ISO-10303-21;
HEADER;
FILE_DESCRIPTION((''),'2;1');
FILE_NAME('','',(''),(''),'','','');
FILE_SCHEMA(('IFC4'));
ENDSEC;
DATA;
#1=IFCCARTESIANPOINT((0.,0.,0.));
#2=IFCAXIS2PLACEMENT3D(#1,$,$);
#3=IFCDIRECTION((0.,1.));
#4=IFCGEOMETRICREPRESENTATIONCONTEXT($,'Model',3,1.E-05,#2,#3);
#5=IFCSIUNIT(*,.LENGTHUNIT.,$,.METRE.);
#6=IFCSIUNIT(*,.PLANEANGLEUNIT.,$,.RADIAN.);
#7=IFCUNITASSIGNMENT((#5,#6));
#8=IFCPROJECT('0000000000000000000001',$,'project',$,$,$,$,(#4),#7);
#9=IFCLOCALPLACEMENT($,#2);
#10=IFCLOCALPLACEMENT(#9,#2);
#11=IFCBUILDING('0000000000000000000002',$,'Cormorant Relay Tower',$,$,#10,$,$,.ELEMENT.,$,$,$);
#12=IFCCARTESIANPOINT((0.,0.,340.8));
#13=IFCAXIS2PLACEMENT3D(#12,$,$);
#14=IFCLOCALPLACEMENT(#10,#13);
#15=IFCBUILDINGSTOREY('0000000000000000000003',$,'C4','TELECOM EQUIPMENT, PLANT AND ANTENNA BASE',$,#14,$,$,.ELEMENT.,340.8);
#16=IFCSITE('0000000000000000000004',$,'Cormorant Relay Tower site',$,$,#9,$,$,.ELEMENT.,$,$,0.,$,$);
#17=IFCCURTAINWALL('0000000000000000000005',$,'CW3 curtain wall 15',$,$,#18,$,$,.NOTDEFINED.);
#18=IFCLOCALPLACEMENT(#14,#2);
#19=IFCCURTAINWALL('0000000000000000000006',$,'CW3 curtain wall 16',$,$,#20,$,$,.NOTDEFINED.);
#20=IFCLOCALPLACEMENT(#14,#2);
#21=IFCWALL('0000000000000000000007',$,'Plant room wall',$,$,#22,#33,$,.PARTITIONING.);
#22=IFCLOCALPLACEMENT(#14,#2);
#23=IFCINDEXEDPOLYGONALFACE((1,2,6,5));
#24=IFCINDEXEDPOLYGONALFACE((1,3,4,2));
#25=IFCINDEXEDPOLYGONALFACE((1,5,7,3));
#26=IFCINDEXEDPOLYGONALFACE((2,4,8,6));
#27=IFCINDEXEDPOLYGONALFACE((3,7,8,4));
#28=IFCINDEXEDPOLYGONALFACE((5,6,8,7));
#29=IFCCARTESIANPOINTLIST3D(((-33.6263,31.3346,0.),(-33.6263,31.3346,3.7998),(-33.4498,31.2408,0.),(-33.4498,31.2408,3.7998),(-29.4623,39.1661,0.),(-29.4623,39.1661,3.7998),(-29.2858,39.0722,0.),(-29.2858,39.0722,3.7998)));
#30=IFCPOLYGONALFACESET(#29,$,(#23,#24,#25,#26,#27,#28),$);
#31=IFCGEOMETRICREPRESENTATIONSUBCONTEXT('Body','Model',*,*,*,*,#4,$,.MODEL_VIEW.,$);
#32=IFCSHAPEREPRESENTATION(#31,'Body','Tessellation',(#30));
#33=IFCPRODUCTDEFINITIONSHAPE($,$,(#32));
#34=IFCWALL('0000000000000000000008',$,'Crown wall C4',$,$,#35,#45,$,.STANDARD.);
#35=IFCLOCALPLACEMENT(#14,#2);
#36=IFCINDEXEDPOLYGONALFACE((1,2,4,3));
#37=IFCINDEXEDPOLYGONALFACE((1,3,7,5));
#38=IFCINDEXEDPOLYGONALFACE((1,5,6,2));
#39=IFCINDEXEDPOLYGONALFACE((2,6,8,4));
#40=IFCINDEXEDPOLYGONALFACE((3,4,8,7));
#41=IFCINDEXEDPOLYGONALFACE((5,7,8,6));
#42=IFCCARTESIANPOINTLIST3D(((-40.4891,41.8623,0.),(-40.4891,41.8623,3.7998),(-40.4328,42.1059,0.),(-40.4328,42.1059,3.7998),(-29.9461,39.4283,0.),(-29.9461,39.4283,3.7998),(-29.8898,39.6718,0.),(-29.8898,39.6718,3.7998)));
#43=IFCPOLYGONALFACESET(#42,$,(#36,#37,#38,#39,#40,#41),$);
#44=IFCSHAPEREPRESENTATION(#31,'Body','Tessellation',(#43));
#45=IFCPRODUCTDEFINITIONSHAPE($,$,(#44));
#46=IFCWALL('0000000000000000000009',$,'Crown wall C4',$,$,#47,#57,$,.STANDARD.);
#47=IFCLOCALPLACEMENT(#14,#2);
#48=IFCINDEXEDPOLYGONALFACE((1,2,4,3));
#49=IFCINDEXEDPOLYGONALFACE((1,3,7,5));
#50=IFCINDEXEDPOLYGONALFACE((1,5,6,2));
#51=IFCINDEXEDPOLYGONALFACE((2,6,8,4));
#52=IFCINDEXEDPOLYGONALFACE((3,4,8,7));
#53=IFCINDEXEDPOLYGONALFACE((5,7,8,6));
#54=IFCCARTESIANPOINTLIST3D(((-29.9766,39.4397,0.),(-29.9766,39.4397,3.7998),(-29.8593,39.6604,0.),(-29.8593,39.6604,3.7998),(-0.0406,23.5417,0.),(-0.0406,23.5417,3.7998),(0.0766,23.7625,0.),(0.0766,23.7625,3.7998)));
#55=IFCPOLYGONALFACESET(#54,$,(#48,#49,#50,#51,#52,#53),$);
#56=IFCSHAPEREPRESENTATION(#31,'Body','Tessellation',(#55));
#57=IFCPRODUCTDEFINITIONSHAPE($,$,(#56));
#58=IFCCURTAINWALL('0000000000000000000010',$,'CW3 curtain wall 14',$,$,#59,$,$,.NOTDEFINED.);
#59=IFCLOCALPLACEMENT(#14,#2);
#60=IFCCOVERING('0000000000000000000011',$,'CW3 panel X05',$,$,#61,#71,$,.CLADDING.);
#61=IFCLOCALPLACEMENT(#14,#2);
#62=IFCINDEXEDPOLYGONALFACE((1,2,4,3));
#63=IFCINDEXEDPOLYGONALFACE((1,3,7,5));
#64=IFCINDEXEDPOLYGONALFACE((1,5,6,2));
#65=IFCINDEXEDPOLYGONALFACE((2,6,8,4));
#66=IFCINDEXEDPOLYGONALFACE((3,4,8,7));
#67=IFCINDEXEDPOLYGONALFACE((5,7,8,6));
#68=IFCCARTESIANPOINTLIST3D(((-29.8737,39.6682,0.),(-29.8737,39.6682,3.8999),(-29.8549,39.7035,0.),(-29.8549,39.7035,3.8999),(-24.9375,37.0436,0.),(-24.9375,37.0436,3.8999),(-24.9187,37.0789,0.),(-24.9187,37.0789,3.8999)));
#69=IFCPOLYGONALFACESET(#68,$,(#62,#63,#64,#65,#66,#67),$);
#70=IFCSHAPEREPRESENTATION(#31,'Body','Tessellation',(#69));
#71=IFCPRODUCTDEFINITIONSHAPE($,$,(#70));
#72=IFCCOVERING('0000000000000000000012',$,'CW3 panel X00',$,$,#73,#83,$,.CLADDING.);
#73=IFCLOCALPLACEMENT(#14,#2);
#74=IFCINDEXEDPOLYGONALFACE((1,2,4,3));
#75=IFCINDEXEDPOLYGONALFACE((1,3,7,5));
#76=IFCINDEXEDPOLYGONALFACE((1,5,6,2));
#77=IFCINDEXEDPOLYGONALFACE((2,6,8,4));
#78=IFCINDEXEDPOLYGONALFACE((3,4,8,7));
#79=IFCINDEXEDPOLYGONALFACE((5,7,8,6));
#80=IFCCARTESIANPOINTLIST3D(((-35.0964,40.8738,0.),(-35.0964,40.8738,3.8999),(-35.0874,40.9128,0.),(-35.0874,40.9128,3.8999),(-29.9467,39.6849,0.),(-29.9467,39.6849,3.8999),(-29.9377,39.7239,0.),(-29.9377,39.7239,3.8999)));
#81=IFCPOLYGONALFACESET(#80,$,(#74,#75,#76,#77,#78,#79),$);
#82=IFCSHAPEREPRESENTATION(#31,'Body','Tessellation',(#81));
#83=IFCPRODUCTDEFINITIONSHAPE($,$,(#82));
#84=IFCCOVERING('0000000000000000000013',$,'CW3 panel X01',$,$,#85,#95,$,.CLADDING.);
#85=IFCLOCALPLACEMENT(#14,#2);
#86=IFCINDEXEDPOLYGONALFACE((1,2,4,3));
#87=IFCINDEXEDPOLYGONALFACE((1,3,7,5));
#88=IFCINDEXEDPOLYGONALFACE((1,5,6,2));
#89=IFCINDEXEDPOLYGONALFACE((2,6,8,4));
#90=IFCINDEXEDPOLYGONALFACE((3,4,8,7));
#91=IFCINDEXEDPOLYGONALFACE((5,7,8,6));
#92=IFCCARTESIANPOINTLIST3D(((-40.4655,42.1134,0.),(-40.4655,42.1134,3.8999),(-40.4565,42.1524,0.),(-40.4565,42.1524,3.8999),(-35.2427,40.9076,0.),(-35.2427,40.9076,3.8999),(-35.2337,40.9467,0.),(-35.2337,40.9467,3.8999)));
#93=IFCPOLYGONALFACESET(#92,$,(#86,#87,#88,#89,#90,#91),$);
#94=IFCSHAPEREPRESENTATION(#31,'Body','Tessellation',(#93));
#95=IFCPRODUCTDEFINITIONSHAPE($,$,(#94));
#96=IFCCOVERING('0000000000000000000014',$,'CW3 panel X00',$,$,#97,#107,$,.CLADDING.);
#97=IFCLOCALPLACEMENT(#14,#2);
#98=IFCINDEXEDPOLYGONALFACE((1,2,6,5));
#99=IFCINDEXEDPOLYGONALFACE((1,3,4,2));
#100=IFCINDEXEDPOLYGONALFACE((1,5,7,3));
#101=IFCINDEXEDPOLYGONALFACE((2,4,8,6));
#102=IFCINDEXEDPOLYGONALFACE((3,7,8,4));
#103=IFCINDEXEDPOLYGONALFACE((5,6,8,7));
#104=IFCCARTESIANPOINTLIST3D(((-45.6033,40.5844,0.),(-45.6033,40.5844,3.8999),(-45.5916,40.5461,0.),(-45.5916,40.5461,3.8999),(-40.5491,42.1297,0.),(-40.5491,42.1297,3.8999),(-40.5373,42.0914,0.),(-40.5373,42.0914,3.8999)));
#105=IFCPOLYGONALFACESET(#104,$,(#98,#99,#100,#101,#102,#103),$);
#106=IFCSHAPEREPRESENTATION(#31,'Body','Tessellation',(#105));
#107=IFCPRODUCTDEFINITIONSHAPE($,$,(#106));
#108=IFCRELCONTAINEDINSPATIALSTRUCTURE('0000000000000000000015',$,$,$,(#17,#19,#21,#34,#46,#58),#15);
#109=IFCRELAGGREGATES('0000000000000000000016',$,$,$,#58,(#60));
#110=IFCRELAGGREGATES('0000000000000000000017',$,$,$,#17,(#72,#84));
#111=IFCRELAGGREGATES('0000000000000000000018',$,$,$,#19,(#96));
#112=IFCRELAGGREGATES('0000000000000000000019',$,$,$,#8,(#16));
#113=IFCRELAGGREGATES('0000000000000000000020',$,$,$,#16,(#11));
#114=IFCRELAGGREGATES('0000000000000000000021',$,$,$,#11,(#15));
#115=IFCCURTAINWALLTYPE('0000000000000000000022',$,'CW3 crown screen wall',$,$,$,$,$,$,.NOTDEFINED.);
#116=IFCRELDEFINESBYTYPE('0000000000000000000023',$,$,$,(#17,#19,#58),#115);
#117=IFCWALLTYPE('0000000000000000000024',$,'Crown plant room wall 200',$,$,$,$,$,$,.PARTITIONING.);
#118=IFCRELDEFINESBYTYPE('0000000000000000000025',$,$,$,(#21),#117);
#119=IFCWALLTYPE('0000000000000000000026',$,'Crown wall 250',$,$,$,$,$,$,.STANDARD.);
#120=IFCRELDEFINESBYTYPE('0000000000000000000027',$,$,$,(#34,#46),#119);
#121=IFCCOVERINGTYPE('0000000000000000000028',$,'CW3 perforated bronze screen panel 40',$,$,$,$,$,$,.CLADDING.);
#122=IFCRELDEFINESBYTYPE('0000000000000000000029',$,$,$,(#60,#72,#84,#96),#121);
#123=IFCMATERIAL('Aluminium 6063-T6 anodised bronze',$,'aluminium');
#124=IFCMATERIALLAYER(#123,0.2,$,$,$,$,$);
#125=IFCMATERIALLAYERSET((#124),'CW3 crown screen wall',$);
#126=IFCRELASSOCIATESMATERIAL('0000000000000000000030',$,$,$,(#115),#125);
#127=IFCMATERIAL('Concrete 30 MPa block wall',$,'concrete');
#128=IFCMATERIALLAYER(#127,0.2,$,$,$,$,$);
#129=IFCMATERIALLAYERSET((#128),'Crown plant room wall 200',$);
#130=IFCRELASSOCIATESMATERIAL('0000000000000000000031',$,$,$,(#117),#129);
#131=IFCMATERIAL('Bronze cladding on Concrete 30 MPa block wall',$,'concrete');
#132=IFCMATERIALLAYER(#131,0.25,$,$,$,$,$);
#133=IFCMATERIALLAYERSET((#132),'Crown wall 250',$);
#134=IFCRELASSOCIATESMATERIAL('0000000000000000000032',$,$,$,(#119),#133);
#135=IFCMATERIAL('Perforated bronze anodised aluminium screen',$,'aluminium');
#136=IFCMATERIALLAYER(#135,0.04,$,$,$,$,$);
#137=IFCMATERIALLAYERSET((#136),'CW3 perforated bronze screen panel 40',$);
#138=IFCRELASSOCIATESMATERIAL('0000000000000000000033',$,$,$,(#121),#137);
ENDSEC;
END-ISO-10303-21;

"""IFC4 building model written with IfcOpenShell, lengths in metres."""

from ifc_helpers import new_model, si_unit, direction, frame, frame_2d, origin, origin_2d, place, context, subcontext, project, spatial, rectangle, extrude, material, layer, layer_set, type_object, element, aggregate, save


model = new_model("IFC4")

# Units and contexts
model_context = context("Model", 3, precision=1e-05, world=origin(), true_north=direction((0.0, 1.0)))
body_context = subcontext(model_context, "Body", "Model", "MODEL_VIEW")
ifc_project = project(units=[si_unit("LENGTHUNIT", "METRE"), si_unit("PLANEANGLEUNIT", "RADIAN")], contexts=[model_context])

# Site, building, storey
site_placement = place(None, origin())
site = spatial("IfcSite", under=ifc_project, at=site_placement, Name="Cormorant Relay Tower site", CompositionType="ELEMENT", RefElevation=0.0)
building_placement = place(site_placement, origin())
building = spatial("IfcBuilding", under=site, at=building_placement, Name="Cormorant Relay Tower", CompositionType="ELEMENT")
storey_placement = place(building_placement, frame((0.0, 0.0, 340.8)))
storey = spatial("IfcBuildingStorey", under=building, at=storey_placement, Name="C4", Description="TELECOM EQUIPMENT, PLANT AND ANTENNA BASE", CompositionType="ELEMENT", Elevation=340.8)

# Curtain walls
ifc_material_1 = material(Name="Aluminium 6063-T6 anodised bronze", Category="aluminium")
ifc_layer_1 = layer(ifc_material_1, 0.2)
ifc_layer_set_1 = layer_set([ifc_layer_1], Name="CW3 crown screen wall")
curtain_wall_type = type_object("IfcCurtainWallType", Name="CW3 crown screen wall", PredefinedType="NOTDEFINED", material=ifc_layer_set_1)
curtain_wall_1_placement = place(storey_placement, origin())
curtain_wall_1 = element("IfcCurtainWall", 1, at=curtain_wall_1_placement, inside=storey, type_object=curtain_wall_type, Name="CW3 curtain wall 15", PredefinedType="NOTDEFINED")
curtain_wall_2_placement = place(storey_placement, origin())
curtain_wall_2 = element("IfcCurtainWall", 2, at=curtain_wall_2_placement, inside=storey, type_object=curtain_wall_type, Name="CW3 curtain wall 16", PredefinedType="NOTDEFINED")

# Shared definitions
ifc_material_2 = material(Name="Concrete 30 MPa block wall", Category="concrete")
ifc_layer_2 = layer(ifc_material_2, 0.2)
ifc_layer_set_2 = layer_set([ifc_layer_2], Name="Crown plant room wall 200")
wall_type_1 = type_object("IfcWallType", Name="Crown plant room wall 200", PredefinedType="PARTITIONING", material=ifc_layer_set_2)

# Walls
wall_1_placement = place(storey_placement, frame((-29.374, 39.1191, 0.0), z_axis=(0.0, 0.0, 1.0), x_axis=(-0.469468, -0.88295, 0.0)))
element("IfcWall", 3, at=wall_1_placement, inside=storey, type_object=wall_type_1, Name="Plant room wall", PredefinedType="PARTITIONING", context=body_context, shape_type="SweptSolid", body=[
    extrude(rectangle(XDim=8.8696, YDim=0.2, at=frame_2d((4.4348, 0.0))), origin(), (0.0, 0.0, 1.0), 3.7998),
])
ifc_material_3 = material(Name="Bronze cladding on Concrete 30 MPa block wall", Category="concrete")
ifc_layer_3 = layer(ifc_material_3, 0.25)
ifc_layer_set_3 = layer_set([ifc_layer_3], Name="Crown wall 250")
wall_type_2 = type_object("IfcWallType", Name="Crown wall 250", PredefinedType="STANDARD", material=ifc_layer_set_3)
wall_2_placement = place(storey_placement, frame((-40.4609, 41.9841, 0.0), z_axis=(0.0, 0.0, 1.0), x_axis=(0.974369, -0.224955, 0.0)))
element("IfcWall", 4, at=wall_2_placement, inside=storey, type_object=wall_type_2, Name="Crown wall C4", PredefinedType="STANDARD", context=body_context, shape_type="SweptSolid", body=[
    extrude(rectangle(XDim=10.8203, YDim=0.25, at=frame_2d((5.4102, 0.0))), origin(), (0.0, 0.0, 1.0), 3.7998),
])
wall_3_placement = place(storey_placement, frame((-29.918, 39.55, 0.0), z_axis=(0.0, 0.0, 1.0), x_axis=(0.883184, -0.469027, 0.0)))
element("IfcWall", 5, at=wall_3_placement, inside=storey, type_object=wall_type_2, Name="Crown wall C4", PredefinedType="STANDARD", context=body_context, shape_type="SweptSolid", body=[
    extrude(rectangle(XDim=33.8955, YDim=0.25, at=frame_2d((16.9478, 0.0))), origin(), (0.0, 0.0, 1.0), 3.7998),
])

# Curtain wall, covering
curtain_wall_3_placement = place(storey_placement, origin())
curtain_wall_3 = element("IfcCurtainWall", 6, at=curtain_wall_3_placement, inside=storey, type_object=curtain_wall_type, Name="CW3 curtain wall 14", PredefinedType="NOTDEFINED")
ifc_material_4 = material(Name="Perforated bronze anodised aluminium screen", Category="aluminium")
ifc_layer_4 = layer(ifc_material_4, 0.04)
ifc_layer_set_4 = layer_set([ifc_layer_4], Name="CW3 perforated bronze screen panel 40")
covering_type = type_object("IfcCoveringType", Name="CW3 perforated bronze screen panel 40", PredefinedType="CLADDING", material=ifc_layer_set_4)
covering_1_placement = place(storey_placement, frame((-27.3962, 38.3735, 0.0), z_axis=(0.0, 0.0, 1.0), x_axis=(-0.882948, 0.469472, 0.0)))
covering_1 = element("IfcCovering", 7, at=covering_1_placement, type_object=covering_type, Name="CW3 panel X05", PredefinedType="CLADDING", context=body_context, shape_type="SweptSolid", body=[
    extrude(rectangle(XDim=5.5906, YDim=0.04, at=origin_2d()), origin(), (0.0, 0.0, 1.0), 3.8999),
])
aggregate(curtain_wall_3, [covering_1])

# Coverings
covering_2_placement = place(storey_placement, frame((-32.5171, 40.2988, 0.0), z_axis=(0.0, 0.0, 1.0), x_axis=(-0.97437, 0.224951, 0.0)))
covering_2 = element("IfcCovering", 8, at=covering_2_placement, type_object=covering_type, Name="CW3 panel X00", PredefinedType="CLADDING", context=body_context, shape_type="SweptSolid", body=[
    extrude(rectangle(XDim=5.2852, YDim=0.04, at=origin_2d()), origin(), (0.0, 0.0, 1.0), 3.8999),
])
covering_3_placement = place(storey_placement, frame((-37.8496, 41.53, 0.0), z_axis=(0.0, 0.0, 1.0), x_axis=(-0.97437, 0.224951, 0.0)))
covering_3 = element("IfcCovering", 9, at=covering_3_placement, type_object=covering_type, Name="CW3 panel X01", PredefinedType="CLADDING", context=body_context, shape_type="SweptSolid", body=[
    extrude(rectangle(XDim=5.3601, YDim=0.04, at=origin_2d()), origin(), (0.0, 0.0, 1.0), 3.8999),
])
aggregate(curtain_wall_1, [covering_2, covering_3])
covering_4_placement = place(storey_placement, frame((-43.0703, 41.3379, 0.0), z_axis=(0.0, 0.0, 1.0), x_axis=(-0.956305, -0.292372, 0.0)))
covering_4 = element("IfcCovering", 10, at=covering_4_placement, type_object=covering_type, Name="CW3 panel X00", PredefinedType="CLADDING", context=body_context, shape_type="SweptSolid", body=[
    extrude(rectangle(XDim=5.2852, YDim=0.04, at=origin_2d()), origin(), (0.0, 0.0, 1.0), 3.8999),
])
aggregate(curtain_wall_2, [covering_4])

save(model, "model.ifc")
